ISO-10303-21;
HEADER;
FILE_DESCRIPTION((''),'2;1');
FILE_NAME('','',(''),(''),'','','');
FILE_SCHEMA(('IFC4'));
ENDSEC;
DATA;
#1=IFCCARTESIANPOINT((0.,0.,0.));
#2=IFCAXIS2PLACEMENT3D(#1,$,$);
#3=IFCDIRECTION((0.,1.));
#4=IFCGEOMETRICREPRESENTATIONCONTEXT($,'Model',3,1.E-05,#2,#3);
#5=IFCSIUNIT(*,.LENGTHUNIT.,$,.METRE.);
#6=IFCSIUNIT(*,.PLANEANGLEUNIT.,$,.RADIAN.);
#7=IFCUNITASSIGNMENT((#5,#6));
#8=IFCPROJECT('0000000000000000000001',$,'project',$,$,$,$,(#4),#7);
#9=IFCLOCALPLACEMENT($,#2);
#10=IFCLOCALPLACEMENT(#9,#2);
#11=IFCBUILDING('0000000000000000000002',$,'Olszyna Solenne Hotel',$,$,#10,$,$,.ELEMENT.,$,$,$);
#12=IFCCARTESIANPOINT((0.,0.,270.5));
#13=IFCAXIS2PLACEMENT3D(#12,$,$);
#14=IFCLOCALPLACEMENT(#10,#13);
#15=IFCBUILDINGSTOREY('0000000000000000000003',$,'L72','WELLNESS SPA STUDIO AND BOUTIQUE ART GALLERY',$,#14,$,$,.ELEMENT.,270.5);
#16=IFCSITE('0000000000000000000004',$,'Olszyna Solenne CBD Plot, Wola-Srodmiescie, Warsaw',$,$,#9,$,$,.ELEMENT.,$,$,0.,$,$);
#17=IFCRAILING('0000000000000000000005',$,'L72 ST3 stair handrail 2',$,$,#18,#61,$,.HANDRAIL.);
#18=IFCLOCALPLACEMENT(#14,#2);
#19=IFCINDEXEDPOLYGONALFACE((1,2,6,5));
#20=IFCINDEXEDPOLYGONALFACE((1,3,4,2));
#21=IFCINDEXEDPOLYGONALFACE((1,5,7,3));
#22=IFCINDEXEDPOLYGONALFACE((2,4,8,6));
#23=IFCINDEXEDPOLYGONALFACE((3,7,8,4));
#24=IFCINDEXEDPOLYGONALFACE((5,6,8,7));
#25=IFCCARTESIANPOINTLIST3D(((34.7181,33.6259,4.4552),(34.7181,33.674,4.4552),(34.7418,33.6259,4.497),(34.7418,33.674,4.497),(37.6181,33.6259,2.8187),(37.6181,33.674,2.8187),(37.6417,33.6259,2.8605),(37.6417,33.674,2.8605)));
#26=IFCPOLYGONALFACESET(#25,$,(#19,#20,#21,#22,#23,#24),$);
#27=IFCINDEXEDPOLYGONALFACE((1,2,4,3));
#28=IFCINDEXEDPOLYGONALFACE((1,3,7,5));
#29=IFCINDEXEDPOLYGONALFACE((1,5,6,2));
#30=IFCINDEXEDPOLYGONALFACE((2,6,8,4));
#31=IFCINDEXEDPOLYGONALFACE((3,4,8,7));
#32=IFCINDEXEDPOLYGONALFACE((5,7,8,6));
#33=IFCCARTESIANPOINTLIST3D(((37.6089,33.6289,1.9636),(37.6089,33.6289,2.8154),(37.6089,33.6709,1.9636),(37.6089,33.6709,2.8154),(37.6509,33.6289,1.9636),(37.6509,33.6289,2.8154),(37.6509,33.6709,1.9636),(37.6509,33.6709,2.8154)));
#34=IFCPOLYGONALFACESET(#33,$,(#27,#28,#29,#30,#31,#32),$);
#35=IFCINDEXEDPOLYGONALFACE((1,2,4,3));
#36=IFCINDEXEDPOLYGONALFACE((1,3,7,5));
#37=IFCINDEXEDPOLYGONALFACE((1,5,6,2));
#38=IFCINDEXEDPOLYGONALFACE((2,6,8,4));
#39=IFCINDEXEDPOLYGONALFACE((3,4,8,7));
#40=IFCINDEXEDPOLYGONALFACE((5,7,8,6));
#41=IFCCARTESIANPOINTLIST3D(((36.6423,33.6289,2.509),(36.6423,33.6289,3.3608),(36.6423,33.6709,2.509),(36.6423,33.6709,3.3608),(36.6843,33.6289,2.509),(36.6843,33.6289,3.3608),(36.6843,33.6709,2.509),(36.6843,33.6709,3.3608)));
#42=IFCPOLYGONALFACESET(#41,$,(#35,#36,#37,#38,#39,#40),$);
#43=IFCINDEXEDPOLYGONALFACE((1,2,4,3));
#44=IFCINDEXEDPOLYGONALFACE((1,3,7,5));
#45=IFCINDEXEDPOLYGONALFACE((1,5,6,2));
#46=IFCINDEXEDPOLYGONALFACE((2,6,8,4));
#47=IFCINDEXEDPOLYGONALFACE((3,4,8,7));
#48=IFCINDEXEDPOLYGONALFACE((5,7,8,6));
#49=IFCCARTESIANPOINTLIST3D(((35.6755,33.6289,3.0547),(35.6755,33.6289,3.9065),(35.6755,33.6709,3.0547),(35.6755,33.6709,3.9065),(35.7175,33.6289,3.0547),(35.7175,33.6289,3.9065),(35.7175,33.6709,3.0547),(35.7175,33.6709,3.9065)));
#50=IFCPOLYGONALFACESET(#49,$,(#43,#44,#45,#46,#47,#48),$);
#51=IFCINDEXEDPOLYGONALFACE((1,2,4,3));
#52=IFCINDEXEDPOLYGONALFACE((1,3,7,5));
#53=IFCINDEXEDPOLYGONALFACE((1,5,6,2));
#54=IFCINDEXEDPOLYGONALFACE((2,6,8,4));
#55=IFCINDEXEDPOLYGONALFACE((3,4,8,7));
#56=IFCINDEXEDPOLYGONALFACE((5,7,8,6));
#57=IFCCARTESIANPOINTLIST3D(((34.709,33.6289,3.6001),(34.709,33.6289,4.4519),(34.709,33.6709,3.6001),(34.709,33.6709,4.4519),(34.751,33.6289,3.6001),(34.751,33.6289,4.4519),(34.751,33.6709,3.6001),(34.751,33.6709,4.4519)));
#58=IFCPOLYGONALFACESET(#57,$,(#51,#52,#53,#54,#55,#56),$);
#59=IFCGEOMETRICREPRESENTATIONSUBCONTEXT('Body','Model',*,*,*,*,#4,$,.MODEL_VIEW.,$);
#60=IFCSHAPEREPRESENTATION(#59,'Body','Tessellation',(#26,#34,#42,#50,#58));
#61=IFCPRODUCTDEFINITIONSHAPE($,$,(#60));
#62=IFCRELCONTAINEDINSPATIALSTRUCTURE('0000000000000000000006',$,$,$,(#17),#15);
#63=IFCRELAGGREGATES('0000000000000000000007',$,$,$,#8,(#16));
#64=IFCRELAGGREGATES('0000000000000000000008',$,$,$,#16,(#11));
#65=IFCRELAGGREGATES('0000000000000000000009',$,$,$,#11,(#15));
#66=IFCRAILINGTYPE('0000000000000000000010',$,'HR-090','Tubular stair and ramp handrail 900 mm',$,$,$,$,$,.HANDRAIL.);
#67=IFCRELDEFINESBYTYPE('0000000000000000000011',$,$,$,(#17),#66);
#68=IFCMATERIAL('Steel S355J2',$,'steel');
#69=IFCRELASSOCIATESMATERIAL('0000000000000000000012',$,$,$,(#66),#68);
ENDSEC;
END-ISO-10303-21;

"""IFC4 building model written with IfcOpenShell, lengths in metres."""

from ifc_helpers import new_model, si_unit, direction, frame, origin, origin_2d, place, context, subcontext, project, spatial, rectangle, extrude, material, type_object, element, save


model = new_model("IFC4")

# Units and contexts
model_context = context("Model", 3, precision=1e-05, world=origin(), true_north=direction((0.0, 1.0)))
body_context = subcontext(model_context, "Body", "Model", "MODEL_VIEW")
ifc_project = project(units=[si_unit("LENGTHUNIT", "METRE"), si_unit("PLANEANGLEUNIT", "RADIAN")], contexts=[model_context])

# Site, building, storey
site_placement = place(None, origin())
site = spatial("IfcSite", under=ifc_project, at=site_placement, Name="Olszyna Solenne CBD Plot, Wola-Srodmiescie, Warsaw", CompositionType="ELEMENT", RefElevation=0.0)
building_placement = place(site_placement, origin())
building = spatial("IfcBuilding", under=site, at=building_placement, Name="Olszyna Solenne Hotel", CompositionType="ELEMENT")
storey_placement = place(building_placement, frame((0.0, 0.0, 270.5)))
storey = spatial("IfcBuildingStorey", under=building, at=storey_placement, Name="L72", Description="WELLNESS SPA STUDIO AND BOUTIQUE ART GALLERY", CompositionType="ELEMENT", Elevation=270.5)

# Shared definitions
ifc_material_1 = material(Name="Steel S355J2", Category="steel")

# Railing
railing_type_1 = type_object("IfcRailingType", Name="HR-090", Description="Tubular stair and ramp handrail 900 mm", PredefinedType="HANDRAIL", material=ifc_material_1)
railing_1_placement = place(storey_placement, frame((37.6299, 33.6499, 1.9636)))
element("IfcRailing", 1, at=railing_1_placement, inside=storey, type_object=railing_type_1, Name="L72 ST3 stair handrail 2", PredefinedType="HANDRAIL", context=body_context, shape_type="SweptSolid", body=[
    extrude(rectangle(XDim=0.0481, YDim=0.0481, at=origin_2d()), frame((0.0, 0.0, 0.876), z_axis=(-0.870897, 0.0, 0.491465), x_axis=(0.0, -1.0, 0.0)), (0.0, 0.0, 1.0), 3.3298),
    extrude(rectangle(XDim=0.042, YDim=0.042, at=origin_2d()), origin(), (0.0, 0.0, 1.0), 0.8518),
    extrude(rectangle(XDim=0.042, YDim=0.042, at=origin_2d()), frame((-0.9666, 0.0, 0.5454)), (0.0, 0.0, 1.0), 0.8518),
    extrude(rectangle(XDim=0.042, YDim=0.042, at=origin_2d()), frame((-1.9333, 0.0, 1.0911)), (0.0, 0.0, 1.0), 0.8518),
    extrude(rectangle(XDim=0.042, YDim=0.042, at=origin_2d()), frame((-2.8999, 0.0, 1.6365)), (0.0, 0.0, 1.0), 0.8518),
])

save(model, "model.ifc")
